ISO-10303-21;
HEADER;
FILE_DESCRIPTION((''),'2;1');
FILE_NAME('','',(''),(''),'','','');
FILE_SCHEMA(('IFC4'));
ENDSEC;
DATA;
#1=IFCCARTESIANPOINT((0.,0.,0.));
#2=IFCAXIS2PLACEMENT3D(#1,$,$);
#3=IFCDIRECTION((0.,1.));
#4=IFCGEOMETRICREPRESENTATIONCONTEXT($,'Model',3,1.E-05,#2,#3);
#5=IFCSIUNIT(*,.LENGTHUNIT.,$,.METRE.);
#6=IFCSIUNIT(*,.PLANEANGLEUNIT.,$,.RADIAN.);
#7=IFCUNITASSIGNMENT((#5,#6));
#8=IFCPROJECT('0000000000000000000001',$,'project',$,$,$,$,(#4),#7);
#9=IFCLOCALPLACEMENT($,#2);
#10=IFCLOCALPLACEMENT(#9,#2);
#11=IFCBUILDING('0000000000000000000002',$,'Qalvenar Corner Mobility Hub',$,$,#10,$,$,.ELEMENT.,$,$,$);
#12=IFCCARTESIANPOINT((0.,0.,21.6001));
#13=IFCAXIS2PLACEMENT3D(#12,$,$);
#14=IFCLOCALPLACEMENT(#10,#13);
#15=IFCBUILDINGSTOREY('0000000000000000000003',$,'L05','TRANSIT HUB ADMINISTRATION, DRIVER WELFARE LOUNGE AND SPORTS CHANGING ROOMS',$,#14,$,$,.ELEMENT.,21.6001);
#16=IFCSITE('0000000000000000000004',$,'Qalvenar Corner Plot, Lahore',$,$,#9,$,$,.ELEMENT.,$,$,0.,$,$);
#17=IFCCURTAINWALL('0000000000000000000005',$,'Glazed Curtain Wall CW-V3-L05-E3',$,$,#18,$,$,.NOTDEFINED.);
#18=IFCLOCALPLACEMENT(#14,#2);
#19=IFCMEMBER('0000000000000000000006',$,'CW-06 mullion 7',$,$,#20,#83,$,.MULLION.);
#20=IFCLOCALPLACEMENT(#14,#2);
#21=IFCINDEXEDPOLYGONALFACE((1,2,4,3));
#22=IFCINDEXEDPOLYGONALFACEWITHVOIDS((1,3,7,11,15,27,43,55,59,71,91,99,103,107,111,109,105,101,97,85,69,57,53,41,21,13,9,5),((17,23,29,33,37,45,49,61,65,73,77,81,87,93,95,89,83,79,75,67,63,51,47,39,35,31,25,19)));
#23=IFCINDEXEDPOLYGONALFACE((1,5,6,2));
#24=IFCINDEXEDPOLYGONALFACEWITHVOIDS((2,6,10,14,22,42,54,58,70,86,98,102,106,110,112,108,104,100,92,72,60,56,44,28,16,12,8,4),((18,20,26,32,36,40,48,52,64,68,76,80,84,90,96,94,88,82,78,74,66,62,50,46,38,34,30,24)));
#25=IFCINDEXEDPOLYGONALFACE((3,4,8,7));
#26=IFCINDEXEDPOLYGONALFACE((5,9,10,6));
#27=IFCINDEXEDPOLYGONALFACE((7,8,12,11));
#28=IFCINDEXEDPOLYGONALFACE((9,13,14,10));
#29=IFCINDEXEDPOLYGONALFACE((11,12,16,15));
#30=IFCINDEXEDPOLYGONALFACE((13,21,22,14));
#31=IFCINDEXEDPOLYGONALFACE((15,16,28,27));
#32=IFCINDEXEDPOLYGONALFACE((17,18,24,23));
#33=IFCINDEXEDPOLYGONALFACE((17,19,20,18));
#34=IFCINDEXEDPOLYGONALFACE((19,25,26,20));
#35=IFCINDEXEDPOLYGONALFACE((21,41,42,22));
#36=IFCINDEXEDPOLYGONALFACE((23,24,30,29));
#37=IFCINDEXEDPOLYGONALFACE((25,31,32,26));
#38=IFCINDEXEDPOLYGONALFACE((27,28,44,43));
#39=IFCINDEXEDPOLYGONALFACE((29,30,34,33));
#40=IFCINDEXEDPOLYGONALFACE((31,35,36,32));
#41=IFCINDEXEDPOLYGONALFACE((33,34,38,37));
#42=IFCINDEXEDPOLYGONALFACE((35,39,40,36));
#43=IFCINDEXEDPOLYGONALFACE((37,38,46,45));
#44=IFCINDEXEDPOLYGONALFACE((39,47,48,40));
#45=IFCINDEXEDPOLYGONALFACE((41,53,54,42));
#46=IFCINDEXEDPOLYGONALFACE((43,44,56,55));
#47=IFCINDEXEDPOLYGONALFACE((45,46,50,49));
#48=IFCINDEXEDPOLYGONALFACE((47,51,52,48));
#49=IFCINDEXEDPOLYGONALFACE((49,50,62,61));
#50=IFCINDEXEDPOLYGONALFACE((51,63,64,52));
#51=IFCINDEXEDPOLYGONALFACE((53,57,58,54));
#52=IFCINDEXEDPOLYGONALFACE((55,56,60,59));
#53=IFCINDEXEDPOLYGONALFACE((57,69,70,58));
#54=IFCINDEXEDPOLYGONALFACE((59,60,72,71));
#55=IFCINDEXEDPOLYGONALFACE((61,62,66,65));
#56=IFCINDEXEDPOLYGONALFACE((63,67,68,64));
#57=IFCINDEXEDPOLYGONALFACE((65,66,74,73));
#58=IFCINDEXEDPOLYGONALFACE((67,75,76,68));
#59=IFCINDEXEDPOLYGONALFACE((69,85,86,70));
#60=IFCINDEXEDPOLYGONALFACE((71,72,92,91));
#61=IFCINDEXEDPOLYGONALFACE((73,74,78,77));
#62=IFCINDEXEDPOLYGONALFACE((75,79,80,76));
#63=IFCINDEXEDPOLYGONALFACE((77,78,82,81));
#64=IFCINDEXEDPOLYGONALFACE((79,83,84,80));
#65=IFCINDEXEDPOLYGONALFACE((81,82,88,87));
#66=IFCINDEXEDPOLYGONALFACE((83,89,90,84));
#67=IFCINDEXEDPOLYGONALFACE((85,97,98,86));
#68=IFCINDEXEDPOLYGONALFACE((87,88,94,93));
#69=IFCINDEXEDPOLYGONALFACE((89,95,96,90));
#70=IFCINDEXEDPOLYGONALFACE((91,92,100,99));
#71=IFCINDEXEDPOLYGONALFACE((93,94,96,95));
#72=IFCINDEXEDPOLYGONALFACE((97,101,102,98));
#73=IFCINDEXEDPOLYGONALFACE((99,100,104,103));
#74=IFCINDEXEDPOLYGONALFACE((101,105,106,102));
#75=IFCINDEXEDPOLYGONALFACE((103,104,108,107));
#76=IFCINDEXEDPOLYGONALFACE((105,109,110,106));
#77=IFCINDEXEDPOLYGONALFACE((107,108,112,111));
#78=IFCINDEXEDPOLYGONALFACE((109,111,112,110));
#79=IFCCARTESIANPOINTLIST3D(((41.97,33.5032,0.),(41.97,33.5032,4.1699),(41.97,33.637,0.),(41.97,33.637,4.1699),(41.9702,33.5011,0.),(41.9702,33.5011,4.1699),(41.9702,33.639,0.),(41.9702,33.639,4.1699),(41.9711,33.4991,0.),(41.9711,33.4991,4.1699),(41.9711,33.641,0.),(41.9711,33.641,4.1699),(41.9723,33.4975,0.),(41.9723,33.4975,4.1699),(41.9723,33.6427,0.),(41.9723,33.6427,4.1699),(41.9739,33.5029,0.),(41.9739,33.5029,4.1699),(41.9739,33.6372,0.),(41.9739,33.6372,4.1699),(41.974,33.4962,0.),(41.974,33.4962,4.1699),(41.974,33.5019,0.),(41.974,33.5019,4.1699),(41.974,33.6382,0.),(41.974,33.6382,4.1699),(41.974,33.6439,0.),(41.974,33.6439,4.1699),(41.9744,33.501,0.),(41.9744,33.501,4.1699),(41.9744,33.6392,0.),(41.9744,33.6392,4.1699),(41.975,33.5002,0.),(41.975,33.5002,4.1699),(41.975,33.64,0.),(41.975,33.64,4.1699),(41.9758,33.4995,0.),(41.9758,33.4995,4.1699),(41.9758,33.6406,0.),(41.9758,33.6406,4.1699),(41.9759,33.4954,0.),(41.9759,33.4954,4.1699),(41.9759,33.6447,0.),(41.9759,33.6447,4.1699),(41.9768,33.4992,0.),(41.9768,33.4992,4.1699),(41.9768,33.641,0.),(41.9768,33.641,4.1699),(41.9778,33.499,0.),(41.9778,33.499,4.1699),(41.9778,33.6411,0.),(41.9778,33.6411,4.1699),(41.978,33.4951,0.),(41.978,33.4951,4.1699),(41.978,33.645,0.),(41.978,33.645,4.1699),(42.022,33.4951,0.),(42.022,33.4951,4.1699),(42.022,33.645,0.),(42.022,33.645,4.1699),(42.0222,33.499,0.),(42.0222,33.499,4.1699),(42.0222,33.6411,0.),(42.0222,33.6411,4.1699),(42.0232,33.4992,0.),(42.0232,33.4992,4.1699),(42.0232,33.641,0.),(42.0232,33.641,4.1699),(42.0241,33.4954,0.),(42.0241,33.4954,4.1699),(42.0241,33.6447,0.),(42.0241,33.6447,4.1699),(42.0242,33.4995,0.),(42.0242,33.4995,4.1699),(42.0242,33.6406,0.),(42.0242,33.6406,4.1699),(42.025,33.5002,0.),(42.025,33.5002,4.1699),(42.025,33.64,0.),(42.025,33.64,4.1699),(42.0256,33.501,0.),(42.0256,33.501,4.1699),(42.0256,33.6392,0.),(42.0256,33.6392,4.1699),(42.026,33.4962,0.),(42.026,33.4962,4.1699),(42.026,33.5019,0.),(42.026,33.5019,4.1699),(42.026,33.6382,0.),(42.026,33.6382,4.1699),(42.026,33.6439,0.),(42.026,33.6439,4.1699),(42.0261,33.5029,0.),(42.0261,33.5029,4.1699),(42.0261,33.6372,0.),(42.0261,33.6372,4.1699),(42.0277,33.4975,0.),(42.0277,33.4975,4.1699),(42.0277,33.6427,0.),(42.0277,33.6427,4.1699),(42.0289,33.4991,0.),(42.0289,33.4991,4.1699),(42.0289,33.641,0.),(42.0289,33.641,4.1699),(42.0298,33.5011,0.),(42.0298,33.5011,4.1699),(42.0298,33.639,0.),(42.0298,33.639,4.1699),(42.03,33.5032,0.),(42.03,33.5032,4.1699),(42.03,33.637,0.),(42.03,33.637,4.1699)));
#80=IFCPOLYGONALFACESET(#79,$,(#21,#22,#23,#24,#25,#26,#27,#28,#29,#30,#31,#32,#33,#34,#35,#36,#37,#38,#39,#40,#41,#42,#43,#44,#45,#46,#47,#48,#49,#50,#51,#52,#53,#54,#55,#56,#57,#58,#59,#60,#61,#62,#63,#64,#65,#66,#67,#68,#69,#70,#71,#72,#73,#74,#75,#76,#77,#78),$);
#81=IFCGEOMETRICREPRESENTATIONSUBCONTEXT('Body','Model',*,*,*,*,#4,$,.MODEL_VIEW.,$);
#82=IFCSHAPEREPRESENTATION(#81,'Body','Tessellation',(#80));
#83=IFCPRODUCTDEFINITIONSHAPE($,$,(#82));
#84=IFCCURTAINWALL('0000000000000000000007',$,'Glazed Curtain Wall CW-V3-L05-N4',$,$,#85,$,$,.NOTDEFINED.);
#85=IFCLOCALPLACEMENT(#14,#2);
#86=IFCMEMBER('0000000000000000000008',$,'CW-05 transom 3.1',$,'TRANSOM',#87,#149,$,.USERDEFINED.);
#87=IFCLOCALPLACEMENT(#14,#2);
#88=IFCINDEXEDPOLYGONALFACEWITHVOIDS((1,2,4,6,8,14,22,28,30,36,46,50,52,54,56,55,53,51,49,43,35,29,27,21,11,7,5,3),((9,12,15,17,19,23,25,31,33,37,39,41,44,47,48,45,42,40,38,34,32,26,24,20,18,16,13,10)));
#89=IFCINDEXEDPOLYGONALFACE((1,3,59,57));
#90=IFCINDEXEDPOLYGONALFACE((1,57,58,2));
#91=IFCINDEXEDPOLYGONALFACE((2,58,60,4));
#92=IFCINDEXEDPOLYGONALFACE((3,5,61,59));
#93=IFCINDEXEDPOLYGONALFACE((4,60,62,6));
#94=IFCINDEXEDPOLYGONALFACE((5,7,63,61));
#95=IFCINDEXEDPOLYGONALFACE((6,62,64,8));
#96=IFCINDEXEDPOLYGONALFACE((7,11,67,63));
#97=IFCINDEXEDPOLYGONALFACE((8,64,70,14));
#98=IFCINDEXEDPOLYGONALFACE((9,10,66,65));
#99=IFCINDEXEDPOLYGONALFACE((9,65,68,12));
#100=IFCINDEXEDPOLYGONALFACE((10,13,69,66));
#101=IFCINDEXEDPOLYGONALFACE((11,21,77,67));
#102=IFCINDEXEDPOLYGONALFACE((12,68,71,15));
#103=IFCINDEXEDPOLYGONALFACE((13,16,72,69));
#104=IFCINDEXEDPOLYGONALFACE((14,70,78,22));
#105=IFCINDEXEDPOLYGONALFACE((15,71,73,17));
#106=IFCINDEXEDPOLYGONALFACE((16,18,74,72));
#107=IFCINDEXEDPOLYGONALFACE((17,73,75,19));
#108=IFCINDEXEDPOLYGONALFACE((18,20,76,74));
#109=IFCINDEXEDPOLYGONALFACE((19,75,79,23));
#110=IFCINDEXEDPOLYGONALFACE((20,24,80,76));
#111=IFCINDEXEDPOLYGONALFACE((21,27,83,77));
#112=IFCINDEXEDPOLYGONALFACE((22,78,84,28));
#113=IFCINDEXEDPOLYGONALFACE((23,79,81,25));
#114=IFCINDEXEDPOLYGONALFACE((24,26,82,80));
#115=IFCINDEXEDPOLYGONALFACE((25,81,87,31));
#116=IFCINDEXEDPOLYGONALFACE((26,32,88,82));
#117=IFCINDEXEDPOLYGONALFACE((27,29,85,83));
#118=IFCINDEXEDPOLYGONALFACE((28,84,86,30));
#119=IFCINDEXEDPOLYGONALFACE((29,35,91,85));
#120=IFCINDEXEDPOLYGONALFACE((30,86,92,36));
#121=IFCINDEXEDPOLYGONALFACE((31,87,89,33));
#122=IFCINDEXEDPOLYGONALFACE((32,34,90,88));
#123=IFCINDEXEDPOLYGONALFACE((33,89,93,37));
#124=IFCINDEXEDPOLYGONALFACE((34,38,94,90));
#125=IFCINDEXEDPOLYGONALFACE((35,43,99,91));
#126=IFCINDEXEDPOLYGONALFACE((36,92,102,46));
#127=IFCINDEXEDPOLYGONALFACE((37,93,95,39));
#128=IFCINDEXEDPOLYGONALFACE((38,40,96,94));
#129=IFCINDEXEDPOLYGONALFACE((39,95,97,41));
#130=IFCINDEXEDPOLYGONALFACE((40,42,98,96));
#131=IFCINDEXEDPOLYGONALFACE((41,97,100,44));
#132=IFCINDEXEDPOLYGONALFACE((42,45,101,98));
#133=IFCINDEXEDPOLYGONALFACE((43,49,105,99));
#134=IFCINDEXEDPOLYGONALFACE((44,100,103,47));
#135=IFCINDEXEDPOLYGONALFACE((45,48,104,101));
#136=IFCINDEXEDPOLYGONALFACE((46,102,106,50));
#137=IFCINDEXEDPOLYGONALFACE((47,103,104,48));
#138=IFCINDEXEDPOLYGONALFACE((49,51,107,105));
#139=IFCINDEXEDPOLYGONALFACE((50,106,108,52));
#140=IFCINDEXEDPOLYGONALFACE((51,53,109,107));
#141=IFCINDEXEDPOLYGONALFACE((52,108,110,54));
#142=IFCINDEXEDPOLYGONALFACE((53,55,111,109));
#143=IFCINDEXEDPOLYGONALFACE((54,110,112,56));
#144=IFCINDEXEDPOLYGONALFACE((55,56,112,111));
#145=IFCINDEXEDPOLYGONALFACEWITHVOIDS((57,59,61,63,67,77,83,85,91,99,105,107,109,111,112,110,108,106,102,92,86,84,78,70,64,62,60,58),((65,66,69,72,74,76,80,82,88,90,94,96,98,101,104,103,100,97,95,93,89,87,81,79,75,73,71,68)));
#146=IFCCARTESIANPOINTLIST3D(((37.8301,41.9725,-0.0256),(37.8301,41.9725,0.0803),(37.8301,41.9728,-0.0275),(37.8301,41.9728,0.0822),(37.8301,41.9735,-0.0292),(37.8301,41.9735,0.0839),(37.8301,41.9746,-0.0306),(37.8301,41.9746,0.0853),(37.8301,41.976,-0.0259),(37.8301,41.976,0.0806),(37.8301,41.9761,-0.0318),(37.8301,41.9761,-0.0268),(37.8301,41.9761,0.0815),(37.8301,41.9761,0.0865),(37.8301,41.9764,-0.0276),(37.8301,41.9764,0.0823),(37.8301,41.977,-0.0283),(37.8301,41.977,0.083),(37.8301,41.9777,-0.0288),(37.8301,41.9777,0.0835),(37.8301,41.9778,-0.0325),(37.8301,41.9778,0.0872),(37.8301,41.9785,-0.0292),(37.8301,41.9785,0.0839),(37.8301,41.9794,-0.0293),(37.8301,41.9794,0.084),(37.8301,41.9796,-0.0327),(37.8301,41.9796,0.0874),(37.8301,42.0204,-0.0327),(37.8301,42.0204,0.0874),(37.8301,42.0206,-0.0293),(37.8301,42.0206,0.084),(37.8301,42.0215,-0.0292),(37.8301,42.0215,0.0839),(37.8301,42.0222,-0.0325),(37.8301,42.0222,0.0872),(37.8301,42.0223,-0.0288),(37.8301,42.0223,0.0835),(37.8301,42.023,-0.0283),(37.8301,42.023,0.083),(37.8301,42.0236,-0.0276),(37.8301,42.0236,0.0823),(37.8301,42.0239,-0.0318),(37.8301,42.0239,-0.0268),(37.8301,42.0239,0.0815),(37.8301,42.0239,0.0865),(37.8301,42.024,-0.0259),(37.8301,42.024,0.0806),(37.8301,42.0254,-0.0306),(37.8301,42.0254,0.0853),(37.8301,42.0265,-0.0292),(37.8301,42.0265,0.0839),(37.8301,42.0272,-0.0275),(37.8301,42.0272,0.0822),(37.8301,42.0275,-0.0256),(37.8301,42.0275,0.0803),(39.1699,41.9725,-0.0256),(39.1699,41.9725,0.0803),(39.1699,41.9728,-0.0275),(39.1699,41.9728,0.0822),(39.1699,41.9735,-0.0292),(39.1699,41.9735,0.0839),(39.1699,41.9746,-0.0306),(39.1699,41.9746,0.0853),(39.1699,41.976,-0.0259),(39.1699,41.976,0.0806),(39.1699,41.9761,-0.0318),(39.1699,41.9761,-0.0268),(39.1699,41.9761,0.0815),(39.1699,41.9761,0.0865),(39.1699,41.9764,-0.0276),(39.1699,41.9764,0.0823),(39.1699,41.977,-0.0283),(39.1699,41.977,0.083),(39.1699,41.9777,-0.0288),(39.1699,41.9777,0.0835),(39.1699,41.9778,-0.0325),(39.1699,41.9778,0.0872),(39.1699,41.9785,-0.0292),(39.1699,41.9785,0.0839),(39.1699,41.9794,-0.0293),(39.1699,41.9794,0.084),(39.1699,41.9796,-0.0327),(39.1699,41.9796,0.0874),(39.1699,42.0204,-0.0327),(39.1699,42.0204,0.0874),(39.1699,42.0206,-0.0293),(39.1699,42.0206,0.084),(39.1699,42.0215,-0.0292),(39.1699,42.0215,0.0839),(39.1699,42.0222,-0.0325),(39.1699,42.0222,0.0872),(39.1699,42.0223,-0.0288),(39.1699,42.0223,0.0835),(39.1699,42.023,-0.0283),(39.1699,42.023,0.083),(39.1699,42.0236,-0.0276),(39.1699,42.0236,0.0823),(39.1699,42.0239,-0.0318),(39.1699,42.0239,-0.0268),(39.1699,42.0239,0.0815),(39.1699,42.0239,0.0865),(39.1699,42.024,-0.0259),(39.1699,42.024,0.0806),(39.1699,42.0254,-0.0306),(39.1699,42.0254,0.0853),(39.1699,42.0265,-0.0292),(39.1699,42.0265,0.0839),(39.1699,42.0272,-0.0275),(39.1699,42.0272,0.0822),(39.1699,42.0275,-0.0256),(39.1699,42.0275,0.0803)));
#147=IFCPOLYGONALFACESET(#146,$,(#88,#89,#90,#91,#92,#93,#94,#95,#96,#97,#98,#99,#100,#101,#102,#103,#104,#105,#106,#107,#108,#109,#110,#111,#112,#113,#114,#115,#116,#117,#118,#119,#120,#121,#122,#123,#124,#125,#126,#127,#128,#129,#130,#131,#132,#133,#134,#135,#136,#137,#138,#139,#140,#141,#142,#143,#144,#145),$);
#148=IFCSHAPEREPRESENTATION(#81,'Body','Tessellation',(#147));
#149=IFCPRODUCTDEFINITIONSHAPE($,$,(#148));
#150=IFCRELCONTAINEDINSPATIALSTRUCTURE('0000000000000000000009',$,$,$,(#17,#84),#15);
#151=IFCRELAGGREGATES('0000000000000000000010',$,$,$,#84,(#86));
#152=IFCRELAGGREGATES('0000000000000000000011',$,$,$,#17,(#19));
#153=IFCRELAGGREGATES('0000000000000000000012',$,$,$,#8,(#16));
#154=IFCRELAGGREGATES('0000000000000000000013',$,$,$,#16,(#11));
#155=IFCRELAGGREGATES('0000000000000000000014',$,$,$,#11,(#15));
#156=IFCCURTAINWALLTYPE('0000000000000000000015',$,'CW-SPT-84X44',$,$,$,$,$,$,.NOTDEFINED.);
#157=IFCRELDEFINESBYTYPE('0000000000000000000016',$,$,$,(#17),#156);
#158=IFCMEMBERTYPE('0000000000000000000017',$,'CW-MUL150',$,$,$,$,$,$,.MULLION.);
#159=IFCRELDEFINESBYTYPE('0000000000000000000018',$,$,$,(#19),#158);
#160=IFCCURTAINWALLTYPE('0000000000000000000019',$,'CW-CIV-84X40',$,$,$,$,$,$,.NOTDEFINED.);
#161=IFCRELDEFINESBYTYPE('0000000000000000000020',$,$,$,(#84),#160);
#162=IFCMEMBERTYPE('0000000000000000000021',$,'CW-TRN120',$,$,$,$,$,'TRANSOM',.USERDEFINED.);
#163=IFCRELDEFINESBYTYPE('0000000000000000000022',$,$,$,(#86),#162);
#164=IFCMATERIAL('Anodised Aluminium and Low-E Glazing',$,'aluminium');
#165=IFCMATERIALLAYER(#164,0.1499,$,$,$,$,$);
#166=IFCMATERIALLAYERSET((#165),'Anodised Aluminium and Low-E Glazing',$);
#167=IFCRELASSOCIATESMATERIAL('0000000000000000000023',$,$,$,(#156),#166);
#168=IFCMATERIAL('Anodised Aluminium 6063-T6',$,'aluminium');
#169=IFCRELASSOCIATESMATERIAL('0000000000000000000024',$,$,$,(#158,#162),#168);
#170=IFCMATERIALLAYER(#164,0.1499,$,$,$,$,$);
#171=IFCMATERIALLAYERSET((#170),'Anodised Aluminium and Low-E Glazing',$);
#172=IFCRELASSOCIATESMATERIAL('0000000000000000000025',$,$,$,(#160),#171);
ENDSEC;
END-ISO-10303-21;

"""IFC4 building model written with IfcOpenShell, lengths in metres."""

from ifc_helpers import new_model, si_unit, direction, frame, origin, origin_2d, place, context, subcontext, project, spatial, hollow_rectangle, extrude, material, layer, layer_set, material_profile, profile_set, type_object, element, aggregate, save


model = new_model("IFC4")

# Units and contexts
model_context = context("Model", 3, precision=1e-05, world=origin(), true_north=direction((0.0, 1.0)))
body_context = subcontext(model_context, "Body", "Model", "MODEL_VIEW")
ifc_project = project(units=[si_unit("LENGTHUNIT", "METRE"), si_unit("PLANEANGLEUNIT", "RADIAN")], contexts=[model_context])

# Site, building, storey
site_placement = place(None, origin())
site = spatial("IfcSite", under=ifc_project, at=site_placement, Name="Qalvenar Corner Plot, Lahore", CompositionType="ELEMENT", RefElevation=0.0)
building_placement = place(site_placement, origin())
building = spatial("IfcBuilding", under=site, at=building_placement, Name="Qalvenar Corner Mobility Hub", CompositionType="ELEMENT")
storey_placement = place(building_placement, frame((0.0, 0.0, 21.6001)))
storey = spatial("IfcBuildingStorey", under=building, at=storey_placement, Name="L05", Description="TRANSIT HUB ADMINISTRATION, DRIVER WELFARE LOUNGE AND SPORTS CHANGING ROOMS", CompositionType="ELEMENT", Elevation=21.6001)

# Curtain walls, members
ifc_material_1 = material(Name="Anodised Aluminium and Low-E Glazing", Category="aluminium")
ifc_layer_1 = layer(ifc_material_1, 0.1499)
ifc_layer_set_1 = layer_set([ifc_layer_1], Name="Anodised Aluminium and Low-E Glazing")
curtain_wall_type_1 = type_object("IfcCurtainWallType", Name="CW-SPT-84X44", PredefinedType="NOTDEFINED", material=ifc_layer_set_1)
curtain_wall_1_placement = place(storey_placement, origin())
curtain_wall_1 = element("IfcCurtainWall", 1, at=curtain_wall_1_placement, inside=storey, type_object=curtain_wall_type_1, Name="Glazed Curtain Wall CW-V3-L05-E3", PredefinedType="NOTDEFINED")
ifc_material_2 = material(Name="Anodised Aluminium 6063-T6", Category="aluminium")
ifc_material_profile_1 = material_profile(ifc_material_2, hollow_rectangle(XDim=0.0601, YDim=0.1499, WallThickness=0.0039, InnerFilletRadius=0.0039, OuterFilletRadius=0.0081, at=origin_2d()), Name="RHS150x60x4")
ifc_profile_set_1 = profile_set([ifc_material_profile_1], Name="Anodised Aluminium 6063-T6")
member_type_1 = type_object("IfcMemberType", Name="CW-MUL150", PredefinedType="MULLION", material=ifc_profile_set_1)
member_1_placement = place(storey_placement, frame((42.0, 33.5701, 0.0), z_axis=(0.0, 0.0, 1.0), x_axis=(-1.0, 0.0, 0.0)))
member_1 = element("IfcMember", 2, at=member_1_placement, type_object=member_type_1, Name="CW-06 mullion 7", PredefinedType="MULLION", context=body_context, shape_type="SweptSolid", body=[
    extrude(hollow_rectangle(XDim=0.0601, YDim=0.1499, WallThickness=0.0039, InnerFilletRadius=0.0039, OuterFilletRadius=0.0081, at=origin_2d()), origin(), (0.0, 0.0, 1.0), 4.1699),
])
ifc_layer_2 = layer(ifc_material_1, 0.1499)
ifc_layer_set_2 = layer_set([ifc_layer_2], Name="Anodised Aluminium and Low-E Glazing")
curtain_wall_type_2 = type_object("IfcCurtainWallType", Name="CW-CIV-84X40", PredefinedType="NOTDEFINED", material=ifc_layer_set_2)
curtain_wall_2_placement = place(storey_placement, origin())
curtain_wall_2 = element("IfcCurtainWall", 3, at=curtain_wall_2_placement, inside=storey, type_object=curtain_wall_type_2, Name="Glazed Curtain Wall CW-V3-L05-N4", PredefinedType="NOTDEFINED")
ifc_material_profile_2 = material_profile(ifc_material_2, hollow_rectangle(XDim=0.0549, YDim=0.1201, WallThickness=0.0034, InnerFilletRadius=0.0034, OuterFilletRadius=0.0071, at=origin_2d()), Name="RHS120x55x3.5")
ifc_profile_set_2 = profile_set([ifc_material_profile_2], Name="Anodised Aluminium 6063-T6")
member_type_2 = type_object("IfcMemberType", Name="CW-TRN120", ElementType="TRANSOM", PredefinedType="USERDEFINED", material=ifc_profile_set_2)
member_2_placement = place(storey_placement, frame((39.1699, 42.0, 0.0273), z_axis=(-1.0, 0.0, 0.0), x_axis=(0.0, -1.0, 0.0)))
member_2 = element("IfcMember", 4, at=member_2_placement, type_object=member_type_2, Name="CW-05 transom 3.1", ObjectType="TRANSOM", PredefinedType="USERDEFINED", context=body_context, shape_type="SweptSolid", body=[
    extrude(hollow_rectangle(XDim=0.0549, YDim=0.1201, WallThickness=0.0034, InnerFilletRadius=0.0034, OuterFilletRadius=0.0071, at=origin_2d()), origin(), (0.0, 0.0, 1.0), 1.3398),
])

aggregate(curtain_wall_2, [member_2])
aggregate(curtain_wall_1, [member_1])

save(model, "model.ifc")
